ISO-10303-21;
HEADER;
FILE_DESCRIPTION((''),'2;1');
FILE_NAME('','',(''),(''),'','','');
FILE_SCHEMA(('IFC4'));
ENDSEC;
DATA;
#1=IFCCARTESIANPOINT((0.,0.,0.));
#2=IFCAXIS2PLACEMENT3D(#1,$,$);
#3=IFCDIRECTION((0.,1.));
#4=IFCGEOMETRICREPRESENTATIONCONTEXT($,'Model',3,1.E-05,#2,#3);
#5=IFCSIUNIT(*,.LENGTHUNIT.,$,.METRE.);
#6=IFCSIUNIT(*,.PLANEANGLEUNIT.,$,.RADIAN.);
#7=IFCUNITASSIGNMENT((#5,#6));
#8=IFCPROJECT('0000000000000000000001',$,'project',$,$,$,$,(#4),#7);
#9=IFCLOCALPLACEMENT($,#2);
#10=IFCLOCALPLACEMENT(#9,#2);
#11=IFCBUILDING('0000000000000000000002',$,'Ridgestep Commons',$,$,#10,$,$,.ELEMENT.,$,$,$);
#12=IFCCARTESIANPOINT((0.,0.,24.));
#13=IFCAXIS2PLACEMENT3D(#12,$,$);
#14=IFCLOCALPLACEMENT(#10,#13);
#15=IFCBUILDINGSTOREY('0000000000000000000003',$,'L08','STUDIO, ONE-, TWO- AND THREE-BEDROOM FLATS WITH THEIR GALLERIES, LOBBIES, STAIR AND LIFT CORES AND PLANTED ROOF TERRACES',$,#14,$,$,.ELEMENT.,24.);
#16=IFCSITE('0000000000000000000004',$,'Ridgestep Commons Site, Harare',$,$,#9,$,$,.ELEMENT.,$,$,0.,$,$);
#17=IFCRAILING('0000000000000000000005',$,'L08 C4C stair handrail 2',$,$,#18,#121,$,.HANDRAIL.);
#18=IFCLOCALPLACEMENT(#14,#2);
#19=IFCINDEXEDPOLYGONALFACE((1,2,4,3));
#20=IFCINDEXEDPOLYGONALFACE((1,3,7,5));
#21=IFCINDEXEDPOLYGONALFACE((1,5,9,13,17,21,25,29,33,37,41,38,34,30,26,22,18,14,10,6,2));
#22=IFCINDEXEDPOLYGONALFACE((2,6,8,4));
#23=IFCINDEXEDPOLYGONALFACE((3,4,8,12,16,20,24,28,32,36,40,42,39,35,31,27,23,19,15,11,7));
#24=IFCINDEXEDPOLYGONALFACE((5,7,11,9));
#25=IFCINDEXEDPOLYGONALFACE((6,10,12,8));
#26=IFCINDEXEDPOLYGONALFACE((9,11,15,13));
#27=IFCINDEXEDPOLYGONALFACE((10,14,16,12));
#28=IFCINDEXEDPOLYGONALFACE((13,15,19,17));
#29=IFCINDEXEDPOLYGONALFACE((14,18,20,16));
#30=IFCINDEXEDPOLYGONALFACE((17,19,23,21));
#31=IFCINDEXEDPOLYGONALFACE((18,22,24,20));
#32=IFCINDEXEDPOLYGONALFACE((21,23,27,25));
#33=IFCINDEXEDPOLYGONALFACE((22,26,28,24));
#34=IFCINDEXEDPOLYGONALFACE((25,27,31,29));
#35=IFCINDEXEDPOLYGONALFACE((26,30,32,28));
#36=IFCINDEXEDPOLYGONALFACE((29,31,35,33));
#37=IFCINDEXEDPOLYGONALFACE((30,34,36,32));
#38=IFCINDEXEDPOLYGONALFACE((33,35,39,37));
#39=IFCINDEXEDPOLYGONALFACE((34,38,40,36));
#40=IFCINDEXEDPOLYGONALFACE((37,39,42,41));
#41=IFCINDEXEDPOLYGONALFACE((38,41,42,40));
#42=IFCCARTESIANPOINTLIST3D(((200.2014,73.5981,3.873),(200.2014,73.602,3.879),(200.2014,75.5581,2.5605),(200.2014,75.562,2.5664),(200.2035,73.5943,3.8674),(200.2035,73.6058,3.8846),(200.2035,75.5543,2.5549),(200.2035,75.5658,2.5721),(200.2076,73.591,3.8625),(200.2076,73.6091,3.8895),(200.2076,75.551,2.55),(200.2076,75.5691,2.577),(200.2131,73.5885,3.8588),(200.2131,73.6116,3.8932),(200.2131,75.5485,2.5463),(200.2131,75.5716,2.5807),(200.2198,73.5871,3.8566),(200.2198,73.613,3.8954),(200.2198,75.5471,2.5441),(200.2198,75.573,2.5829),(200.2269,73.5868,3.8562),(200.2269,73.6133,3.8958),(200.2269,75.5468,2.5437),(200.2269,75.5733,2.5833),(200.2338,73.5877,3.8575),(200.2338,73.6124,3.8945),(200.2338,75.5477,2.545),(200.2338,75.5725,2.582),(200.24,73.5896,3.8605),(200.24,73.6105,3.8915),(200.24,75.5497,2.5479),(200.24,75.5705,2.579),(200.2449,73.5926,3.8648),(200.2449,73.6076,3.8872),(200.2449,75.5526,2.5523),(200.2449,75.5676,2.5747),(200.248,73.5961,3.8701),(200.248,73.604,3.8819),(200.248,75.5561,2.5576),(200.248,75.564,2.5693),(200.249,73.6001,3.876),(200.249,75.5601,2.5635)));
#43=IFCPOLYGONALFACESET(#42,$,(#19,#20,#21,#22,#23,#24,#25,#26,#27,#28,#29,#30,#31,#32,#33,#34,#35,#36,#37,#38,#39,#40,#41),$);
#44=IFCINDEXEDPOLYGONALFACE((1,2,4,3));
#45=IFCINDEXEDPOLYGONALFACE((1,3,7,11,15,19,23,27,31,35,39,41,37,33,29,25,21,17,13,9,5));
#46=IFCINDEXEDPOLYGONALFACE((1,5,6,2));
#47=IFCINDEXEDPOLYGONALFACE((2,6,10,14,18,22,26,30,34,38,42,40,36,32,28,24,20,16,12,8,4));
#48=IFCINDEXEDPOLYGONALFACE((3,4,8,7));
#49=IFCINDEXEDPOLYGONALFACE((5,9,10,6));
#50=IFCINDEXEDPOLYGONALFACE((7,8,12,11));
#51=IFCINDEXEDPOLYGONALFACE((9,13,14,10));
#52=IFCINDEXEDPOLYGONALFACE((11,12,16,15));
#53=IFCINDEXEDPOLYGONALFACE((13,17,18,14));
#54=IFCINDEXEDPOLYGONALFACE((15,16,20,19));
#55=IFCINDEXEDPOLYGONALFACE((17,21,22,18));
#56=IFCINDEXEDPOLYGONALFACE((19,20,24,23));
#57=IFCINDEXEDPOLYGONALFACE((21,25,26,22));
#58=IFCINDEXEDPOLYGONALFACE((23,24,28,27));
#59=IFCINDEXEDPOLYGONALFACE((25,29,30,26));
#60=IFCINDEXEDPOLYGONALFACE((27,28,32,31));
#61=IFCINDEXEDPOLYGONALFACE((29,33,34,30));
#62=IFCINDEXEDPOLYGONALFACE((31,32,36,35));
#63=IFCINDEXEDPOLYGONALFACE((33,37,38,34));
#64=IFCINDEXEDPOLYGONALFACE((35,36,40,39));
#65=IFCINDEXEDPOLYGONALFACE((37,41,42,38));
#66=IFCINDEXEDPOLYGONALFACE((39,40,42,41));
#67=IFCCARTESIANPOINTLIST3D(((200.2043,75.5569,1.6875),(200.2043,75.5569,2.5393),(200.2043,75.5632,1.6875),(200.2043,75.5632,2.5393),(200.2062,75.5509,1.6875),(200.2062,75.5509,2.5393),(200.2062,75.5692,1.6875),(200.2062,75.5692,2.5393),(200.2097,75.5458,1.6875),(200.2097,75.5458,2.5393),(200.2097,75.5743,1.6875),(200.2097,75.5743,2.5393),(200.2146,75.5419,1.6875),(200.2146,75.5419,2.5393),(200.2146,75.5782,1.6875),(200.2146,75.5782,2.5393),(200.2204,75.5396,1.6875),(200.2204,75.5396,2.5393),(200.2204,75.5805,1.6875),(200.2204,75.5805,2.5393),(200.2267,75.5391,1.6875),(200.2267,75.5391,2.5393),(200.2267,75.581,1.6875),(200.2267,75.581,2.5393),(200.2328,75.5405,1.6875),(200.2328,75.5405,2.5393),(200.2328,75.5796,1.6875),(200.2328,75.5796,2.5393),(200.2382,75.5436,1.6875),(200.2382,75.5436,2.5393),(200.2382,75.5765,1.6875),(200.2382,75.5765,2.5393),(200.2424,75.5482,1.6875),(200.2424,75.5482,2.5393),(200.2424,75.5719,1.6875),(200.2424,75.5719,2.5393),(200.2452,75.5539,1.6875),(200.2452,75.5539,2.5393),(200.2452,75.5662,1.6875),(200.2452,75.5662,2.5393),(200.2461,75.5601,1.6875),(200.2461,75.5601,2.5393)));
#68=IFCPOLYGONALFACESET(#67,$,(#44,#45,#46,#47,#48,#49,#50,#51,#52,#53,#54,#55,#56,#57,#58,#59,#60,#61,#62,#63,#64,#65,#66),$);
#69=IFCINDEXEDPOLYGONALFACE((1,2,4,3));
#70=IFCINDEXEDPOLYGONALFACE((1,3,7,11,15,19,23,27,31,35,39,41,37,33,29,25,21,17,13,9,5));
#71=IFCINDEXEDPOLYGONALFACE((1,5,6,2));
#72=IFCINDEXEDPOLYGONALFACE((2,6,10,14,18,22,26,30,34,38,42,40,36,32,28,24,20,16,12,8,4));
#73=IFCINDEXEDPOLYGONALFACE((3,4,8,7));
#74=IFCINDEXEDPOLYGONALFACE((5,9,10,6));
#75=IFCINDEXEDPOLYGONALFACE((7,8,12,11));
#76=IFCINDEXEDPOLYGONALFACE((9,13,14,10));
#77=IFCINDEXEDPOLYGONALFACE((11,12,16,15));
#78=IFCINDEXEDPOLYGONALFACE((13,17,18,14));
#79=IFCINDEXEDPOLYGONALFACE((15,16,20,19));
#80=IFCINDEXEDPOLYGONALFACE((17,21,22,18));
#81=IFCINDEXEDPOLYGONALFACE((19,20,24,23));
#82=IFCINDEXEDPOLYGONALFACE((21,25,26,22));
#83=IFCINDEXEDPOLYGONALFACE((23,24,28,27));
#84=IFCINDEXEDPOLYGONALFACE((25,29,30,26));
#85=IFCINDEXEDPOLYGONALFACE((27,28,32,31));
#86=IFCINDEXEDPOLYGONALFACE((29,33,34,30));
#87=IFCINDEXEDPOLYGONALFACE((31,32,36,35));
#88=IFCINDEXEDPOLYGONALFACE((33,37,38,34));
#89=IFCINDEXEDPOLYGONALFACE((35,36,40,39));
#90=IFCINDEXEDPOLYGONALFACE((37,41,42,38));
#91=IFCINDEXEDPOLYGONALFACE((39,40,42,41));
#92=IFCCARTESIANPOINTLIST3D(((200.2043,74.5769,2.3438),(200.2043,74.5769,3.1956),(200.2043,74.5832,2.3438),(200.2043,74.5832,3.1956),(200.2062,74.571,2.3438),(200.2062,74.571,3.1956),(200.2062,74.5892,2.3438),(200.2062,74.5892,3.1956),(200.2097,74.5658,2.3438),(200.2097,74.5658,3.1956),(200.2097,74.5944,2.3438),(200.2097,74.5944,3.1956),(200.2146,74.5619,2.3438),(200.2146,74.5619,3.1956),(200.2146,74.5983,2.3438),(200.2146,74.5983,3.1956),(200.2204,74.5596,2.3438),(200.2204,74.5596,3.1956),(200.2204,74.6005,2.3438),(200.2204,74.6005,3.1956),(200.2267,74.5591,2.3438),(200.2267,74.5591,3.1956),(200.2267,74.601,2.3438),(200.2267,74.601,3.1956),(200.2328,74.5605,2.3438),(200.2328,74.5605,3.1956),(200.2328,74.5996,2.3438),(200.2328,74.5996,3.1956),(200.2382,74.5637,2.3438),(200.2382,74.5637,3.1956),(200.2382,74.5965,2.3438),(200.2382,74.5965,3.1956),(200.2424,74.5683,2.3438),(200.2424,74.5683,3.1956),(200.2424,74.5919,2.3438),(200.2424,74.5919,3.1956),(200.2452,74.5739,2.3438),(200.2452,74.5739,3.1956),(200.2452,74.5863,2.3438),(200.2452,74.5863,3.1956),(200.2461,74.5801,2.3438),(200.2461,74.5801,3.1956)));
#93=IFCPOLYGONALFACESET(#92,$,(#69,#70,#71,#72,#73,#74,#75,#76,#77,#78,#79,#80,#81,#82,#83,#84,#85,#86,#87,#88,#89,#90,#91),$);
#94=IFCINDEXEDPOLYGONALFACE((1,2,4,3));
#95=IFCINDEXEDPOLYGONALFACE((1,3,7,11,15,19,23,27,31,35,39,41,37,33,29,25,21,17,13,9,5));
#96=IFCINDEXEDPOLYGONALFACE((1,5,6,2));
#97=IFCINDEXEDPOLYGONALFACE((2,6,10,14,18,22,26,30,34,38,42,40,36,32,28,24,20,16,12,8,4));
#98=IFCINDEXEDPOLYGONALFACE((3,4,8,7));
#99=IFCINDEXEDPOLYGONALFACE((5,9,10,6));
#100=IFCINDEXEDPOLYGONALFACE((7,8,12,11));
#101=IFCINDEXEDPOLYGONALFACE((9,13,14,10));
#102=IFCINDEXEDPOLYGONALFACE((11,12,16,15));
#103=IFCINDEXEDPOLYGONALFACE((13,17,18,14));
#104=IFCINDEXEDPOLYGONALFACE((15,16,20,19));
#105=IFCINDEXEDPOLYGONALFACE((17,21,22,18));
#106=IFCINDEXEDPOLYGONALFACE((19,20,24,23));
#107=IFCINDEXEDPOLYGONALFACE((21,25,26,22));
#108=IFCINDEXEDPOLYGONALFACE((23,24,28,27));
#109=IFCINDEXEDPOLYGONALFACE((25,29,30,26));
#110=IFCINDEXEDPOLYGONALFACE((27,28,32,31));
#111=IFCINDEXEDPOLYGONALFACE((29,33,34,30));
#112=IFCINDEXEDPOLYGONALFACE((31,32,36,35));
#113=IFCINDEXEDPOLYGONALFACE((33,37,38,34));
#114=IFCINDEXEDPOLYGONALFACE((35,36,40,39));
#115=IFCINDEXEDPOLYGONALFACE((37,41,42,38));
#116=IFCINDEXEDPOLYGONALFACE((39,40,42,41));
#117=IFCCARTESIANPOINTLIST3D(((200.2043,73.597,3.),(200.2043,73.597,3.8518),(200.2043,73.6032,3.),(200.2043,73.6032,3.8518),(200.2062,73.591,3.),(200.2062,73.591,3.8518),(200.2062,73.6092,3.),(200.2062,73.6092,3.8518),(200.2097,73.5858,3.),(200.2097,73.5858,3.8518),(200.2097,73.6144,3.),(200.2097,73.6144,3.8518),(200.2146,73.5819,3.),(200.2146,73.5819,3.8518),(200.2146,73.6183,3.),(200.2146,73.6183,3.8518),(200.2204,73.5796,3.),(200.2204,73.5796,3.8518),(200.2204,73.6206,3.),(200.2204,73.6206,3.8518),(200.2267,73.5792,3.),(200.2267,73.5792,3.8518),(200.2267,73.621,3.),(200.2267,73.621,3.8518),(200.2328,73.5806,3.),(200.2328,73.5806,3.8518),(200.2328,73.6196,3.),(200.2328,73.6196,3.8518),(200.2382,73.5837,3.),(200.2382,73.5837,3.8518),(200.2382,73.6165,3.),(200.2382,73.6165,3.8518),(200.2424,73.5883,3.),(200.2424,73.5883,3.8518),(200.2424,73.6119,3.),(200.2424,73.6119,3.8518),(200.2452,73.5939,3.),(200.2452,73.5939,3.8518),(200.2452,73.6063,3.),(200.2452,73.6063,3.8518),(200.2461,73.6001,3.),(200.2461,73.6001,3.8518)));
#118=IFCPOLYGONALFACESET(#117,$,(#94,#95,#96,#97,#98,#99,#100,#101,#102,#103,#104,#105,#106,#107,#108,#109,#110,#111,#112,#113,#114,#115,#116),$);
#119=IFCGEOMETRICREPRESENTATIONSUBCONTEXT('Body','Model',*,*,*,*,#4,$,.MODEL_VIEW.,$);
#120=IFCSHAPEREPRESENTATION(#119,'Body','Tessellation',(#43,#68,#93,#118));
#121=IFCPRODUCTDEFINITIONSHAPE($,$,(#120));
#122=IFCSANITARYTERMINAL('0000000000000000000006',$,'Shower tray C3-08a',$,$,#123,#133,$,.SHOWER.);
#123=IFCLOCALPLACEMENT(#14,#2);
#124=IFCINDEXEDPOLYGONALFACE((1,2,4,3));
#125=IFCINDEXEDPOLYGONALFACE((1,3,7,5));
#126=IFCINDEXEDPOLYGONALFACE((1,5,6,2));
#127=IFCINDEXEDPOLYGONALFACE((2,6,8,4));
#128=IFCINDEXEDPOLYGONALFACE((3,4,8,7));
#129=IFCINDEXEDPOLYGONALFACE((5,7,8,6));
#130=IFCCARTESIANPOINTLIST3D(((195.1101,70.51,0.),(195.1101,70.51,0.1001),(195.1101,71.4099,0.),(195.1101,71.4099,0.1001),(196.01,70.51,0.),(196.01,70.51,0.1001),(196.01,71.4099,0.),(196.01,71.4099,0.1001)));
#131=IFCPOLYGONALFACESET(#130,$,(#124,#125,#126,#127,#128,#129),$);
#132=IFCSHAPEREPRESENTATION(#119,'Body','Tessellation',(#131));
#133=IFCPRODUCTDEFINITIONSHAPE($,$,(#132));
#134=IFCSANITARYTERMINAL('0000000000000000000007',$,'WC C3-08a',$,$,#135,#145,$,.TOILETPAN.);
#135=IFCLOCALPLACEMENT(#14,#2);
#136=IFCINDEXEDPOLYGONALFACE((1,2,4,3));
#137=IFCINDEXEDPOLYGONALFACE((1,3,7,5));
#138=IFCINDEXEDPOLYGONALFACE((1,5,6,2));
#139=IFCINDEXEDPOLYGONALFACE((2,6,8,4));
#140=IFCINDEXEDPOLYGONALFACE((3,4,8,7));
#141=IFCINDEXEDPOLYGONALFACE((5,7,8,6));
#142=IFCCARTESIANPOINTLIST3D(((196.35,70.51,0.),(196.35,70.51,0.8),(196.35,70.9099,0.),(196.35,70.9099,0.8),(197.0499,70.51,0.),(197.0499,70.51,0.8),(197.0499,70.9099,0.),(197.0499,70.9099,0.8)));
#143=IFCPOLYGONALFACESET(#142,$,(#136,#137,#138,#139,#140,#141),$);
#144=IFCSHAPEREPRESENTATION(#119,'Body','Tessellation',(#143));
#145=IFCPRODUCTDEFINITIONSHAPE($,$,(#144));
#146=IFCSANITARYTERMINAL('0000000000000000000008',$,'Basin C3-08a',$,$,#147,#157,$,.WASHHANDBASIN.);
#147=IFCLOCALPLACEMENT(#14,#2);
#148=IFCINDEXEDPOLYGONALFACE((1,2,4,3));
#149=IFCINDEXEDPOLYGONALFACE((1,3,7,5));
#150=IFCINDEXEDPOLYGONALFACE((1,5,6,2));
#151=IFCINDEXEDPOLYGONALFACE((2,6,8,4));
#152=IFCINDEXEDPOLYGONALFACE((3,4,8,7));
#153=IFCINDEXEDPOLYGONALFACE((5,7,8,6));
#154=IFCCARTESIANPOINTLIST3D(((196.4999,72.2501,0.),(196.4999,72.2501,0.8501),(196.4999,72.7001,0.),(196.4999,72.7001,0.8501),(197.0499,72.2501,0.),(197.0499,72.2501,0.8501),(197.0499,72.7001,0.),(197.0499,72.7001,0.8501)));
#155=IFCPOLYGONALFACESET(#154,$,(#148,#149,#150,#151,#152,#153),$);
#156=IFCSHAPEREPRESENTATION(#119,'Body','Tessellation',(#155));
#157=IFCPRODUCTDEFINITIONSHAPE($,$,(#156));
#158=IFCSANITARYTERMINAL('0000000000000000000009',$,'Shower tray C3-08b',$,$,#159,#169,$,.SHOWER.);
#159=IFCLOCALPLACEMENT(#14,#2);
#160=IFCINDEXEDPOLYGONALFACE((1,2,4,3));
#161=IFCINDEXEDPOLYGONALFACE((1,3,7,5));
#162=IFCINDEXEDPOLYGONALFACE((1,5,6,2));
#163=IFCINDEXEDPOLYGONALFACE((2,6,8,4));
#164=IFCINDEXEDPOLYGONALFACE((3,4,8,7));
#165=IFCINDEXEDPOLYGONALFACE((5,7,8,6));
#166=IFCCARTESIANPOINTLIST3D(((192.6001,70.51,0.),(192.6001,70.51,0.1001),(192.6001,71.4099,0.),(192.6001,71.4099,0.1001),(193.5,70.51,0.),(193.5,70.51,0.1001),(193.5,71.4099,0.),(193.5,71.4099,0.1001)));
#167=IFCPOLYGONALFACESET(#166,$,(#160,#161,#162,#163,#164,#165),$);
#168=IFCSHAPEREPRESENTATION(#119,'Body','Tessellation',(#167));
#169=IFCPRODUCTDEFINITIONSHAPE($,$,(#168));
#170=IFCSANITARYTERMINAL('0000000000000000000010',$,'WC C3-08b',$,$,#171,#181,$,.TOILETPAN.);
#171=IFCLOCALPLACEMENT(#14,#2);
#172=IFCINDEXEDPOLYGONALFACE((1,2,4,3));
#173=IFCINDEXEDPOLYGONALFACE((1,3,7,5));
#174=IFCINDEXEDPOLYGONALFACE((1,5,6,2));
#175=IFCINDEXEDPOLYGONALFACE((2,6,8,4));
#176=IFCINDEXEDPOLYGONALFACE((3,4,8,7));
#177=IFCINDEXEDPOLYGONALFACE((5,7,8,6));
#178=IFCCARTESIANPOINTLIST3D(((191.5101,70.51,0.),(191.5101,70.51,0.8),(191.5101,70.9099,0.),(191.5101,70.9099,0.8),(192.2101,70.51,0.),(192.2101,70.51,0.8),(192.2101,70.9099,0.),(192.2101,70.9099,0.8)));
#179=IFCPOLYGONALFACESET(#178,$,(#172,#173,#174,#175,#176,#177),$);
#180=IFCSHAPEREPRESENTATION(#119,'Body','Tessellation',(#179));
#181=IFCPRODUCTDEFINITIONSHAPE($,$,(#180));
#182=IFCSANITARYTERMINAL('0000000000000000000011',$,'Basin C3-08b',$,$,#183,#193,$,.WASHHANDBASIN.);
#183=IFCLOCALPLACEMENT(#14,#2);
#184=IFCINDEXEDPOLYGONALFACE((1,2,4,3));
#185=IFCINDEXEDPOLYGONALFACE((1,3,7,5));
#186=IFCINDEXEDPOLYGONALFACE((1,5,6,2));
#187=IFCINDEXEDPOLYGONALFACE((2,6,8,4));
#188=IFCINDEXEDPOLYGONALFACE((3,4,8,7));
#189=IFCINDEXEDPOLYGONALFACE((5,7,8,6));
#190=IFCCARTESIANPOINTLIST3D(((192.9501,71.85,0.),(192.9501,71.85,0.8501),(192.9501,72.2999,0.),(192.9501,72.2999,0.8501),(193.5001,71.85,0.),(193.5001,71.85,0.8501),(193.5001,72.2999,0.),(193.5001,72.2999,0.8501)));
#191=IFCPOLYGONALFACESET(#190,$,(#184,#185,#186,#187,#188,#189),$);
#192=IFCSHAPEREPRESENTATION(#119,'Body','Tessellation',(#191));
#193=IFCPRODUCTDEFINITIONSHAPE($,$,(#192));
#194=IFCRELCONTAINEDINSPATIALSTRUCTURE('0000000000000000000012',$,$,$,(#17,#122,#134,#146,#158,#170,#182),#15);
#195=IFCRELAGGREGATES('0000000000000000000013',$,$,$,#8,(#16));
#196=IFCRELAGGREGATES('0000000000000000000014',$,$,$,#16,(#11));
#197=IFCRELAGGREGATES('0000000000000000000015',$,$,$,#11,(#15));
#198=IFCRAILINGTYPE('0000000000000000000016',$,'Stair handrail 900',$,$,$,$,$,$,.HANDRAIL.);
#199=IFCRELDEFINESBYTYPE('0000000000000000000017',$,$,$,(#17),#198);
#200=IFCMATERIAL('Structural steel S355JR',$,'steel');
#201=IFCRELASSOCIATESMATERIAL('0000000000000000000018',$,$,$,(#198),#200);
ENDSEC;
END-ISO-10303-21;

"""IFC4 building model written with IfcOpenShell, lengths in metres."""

from ifc_helpers import new_model, si_unit, direction, frame, origin, origin_2d, place, context, subcontext, project, spatial, rectangle, circle, extrude, material, type_object, element, save


model = new_model("IFC4")

# Units and contexts
model_context = context("Model", 3, precision=1e-05, world=origin(), true_north=direction((0.0, 1.0)))
body_context = subcontext(model_context, "Body", "Model", "MODEL_VIEW")
ifc_project = project(units=[si_unit("LENGTHUNIT", "METRE"), si_unit("PLANEANGLEUNIT", "RADIAN")], contexts=[model_context])

# Site, building, storey
site_placement = place(None, origin())
site = spatial("IfcSite", under=ifc_project, at=site_placement, Name="Ridgestep Commons Site, Harare", CompositionType="ELEMENT", RefElevation=0.0)
building_placement = place(site_placement, origin())
building = spatial("IfcBuilding", under=site, at=building_placement, Name="Ridgestep Commons", CompositionType="ELEMENT")
storey_placement = place(building_placement, frame((0.0, 0.0, 24.0)))
storey = spatial("IfcBuildingStorey", under=building, at=storey_placement, Name="L08", Description="STUDIO, ONE-, TWO- AND THREE-BEDROOM FLATS WITH THEIR GALLERIES, LOBBIES, STAIR AND LIFT CORES AND PLANTED ROOF TERRACES", CompositionType="ELEMENT", Elevation=24.0)

# Railing
ifc_material_1 = material(Name="Structural steel S355JR", Category="steel")
railing_type_1 = type_object("IfcRailingType", Name="Stair handrail 900", PredefinedType="HANDRAIL", material=ifc_material_1)
railing_1_placement = place(storey_placement, frame((200.2251, 75.5601, 1.6875)))
element("IfcRailing", 1, at=railing_1_placement, inside=storey, type_object=railing_type_1, Name="L08 C4C stair handrail 2", PredefinedType="HANDRAIL", context=body_context, shape_type="SweptSolid", body=[
    extrude(circle(Radius=0.0239, at=origin_2d()), frame((0.0, 0.0, 0.876), z_axis=(0.0, -0.830902, 0.556419), x_axis=(1.0, 0.0, 0.0)), (0.0, 0.0, 1.0), 2.3589),
    extrude(circle(Radius=0.021, at=origin_2d()), origin(), (0.0, 0.0, 1.0), 0.8518),
    extrude(circle(Radius=0.021, at=origin_2d()), frame((0.0, -0.98, 0.6562)), (0.0, 0.0, 1.0), 0.8518),
    extrude(circle(Radius=0.021, at=origin_2d()), frame((0.0, -1.96, 1.3125)), (0.0, 0.0, 1.0), 0.8518),
])

# Sanitary terminals
sanitary_terminal_1_placement = place(storey_placement, frame((195.5601, 70.96, 0.0), z_axis=(0.0, 0.0, 1.0), x_axis=(1.0, 0.0, 0.0)))
element("IfcSanitaryTerminal", 2, at=sanitary_terminal_1_placement, inside=storey, Name="Shower tray C3-08a", PredefinedType="SHOWER", context=body_context, shape_type="SweptSolid", body=[
    extrude(rectangle(XDim=0.8999, YDim=0.8999, at=origin_2d()), origin(), (0.0, 0.0, 1.0), 0.1001),
])
sanitary_terminal_2_placement = place(storey_placement, frame((196.7, 70.71, 0.0), z_axis=(0.0, 0.0, 1.0), x_axis=(1.0, 0.0, 0.0)))
element("IfcSanitaryTerminal", 3, at=sanitary_terminal_2_placement, inside=storey, Name="WC C3-08a", PredefinedType="TOILETPAN", context=body_context, shape_type="SweptSolid", body=[
    extrude(rectangle(XDim=0.7, YDim=0.3999, at=origin_2d()), origin(), (0.0, 0.0, 1.0), 0.8),
])
sanitary_terminal_3_placement = place(storey_placement, frame((196.7749, 72.4751, 0.0), z_axis=(0.0, 0.0, 1.0), x_axis=(1.0, 0.0, 0.0)))
element("IfcSanitaryTerminal", 4, at=sanitary_terminal_3_placement, inside=storey, Name="Basin C3-08a", PredefinedType="WASHHANDBASIN", context=body_context, shape_type="SweptSolid", body=[
    extrude(rectangle(XDim=0.55, YDim=0.45, at=origin_2d()), origin(), (0.0, 0.0, 1.0), 0.8501),
])
sanitary_terminal_4_placement = place(storey_placement, frame((193.05, 70.96, 0.0), z_axis=(0.0, 0.0, 1.0), x_axis=(1.0, 0.0, 0.0)))
element("IfcSanitaryTerminal", 5, at=sanitary_terminal_4_placement, inside=storey, Name="Shower tray C3-08b", PredefinedType="SHOWER", context=body_context, shape_type="SweptSolid", body=[
    extrude(rectangle(XDim=0.8999, YDim=0.8999, at=origin_2d()), origin(), (0.0, 0.0, 1.0), 0.1001),
])
sanitary_terminal_5_placement = place(storey_placement, frame((191.8601, 70.71, 0.0), z_axis=(0.0, 0.0, 1.0), x_axis=(1.0, 0.0, 0.0)))
element("IfcSanitaryTerminal", 6, at=sanitary_terminal_5_placement, inside=storey, Name="WC C3-08b", PredefinedType="TOILETPAN", context=body_context, shape_type="SweptSolid", body=[
    extrude(rectangle(XDim=0.7, YDim=0.3999, at=origin_2d()), origin(), (0.0, 0.0, 1.0), 0.8),
])
sanitary_terminal_6_placement = place(storey_placement, frame((193.2251, 72.075, 0.0), z_axis=(0.0, 0.0, 1.0), x_axis=(1.0, 0.0, 0.0)))
element("IfcSanitaryTerminal", 7, at=sanitary_terminal_6_placement, inside=storey, Name="Basin C3-08b", PredefinedType="WASHHANDBASIN", context=body_context, shape_type="SweptSolid", body=[
    extrude(rectangle(XDim=0.55, YDim=0.45, at=origin_2d()), origin(), (0.0, 0.0, 1.0), 0.8501),
])

save(model, "model.ifc")
